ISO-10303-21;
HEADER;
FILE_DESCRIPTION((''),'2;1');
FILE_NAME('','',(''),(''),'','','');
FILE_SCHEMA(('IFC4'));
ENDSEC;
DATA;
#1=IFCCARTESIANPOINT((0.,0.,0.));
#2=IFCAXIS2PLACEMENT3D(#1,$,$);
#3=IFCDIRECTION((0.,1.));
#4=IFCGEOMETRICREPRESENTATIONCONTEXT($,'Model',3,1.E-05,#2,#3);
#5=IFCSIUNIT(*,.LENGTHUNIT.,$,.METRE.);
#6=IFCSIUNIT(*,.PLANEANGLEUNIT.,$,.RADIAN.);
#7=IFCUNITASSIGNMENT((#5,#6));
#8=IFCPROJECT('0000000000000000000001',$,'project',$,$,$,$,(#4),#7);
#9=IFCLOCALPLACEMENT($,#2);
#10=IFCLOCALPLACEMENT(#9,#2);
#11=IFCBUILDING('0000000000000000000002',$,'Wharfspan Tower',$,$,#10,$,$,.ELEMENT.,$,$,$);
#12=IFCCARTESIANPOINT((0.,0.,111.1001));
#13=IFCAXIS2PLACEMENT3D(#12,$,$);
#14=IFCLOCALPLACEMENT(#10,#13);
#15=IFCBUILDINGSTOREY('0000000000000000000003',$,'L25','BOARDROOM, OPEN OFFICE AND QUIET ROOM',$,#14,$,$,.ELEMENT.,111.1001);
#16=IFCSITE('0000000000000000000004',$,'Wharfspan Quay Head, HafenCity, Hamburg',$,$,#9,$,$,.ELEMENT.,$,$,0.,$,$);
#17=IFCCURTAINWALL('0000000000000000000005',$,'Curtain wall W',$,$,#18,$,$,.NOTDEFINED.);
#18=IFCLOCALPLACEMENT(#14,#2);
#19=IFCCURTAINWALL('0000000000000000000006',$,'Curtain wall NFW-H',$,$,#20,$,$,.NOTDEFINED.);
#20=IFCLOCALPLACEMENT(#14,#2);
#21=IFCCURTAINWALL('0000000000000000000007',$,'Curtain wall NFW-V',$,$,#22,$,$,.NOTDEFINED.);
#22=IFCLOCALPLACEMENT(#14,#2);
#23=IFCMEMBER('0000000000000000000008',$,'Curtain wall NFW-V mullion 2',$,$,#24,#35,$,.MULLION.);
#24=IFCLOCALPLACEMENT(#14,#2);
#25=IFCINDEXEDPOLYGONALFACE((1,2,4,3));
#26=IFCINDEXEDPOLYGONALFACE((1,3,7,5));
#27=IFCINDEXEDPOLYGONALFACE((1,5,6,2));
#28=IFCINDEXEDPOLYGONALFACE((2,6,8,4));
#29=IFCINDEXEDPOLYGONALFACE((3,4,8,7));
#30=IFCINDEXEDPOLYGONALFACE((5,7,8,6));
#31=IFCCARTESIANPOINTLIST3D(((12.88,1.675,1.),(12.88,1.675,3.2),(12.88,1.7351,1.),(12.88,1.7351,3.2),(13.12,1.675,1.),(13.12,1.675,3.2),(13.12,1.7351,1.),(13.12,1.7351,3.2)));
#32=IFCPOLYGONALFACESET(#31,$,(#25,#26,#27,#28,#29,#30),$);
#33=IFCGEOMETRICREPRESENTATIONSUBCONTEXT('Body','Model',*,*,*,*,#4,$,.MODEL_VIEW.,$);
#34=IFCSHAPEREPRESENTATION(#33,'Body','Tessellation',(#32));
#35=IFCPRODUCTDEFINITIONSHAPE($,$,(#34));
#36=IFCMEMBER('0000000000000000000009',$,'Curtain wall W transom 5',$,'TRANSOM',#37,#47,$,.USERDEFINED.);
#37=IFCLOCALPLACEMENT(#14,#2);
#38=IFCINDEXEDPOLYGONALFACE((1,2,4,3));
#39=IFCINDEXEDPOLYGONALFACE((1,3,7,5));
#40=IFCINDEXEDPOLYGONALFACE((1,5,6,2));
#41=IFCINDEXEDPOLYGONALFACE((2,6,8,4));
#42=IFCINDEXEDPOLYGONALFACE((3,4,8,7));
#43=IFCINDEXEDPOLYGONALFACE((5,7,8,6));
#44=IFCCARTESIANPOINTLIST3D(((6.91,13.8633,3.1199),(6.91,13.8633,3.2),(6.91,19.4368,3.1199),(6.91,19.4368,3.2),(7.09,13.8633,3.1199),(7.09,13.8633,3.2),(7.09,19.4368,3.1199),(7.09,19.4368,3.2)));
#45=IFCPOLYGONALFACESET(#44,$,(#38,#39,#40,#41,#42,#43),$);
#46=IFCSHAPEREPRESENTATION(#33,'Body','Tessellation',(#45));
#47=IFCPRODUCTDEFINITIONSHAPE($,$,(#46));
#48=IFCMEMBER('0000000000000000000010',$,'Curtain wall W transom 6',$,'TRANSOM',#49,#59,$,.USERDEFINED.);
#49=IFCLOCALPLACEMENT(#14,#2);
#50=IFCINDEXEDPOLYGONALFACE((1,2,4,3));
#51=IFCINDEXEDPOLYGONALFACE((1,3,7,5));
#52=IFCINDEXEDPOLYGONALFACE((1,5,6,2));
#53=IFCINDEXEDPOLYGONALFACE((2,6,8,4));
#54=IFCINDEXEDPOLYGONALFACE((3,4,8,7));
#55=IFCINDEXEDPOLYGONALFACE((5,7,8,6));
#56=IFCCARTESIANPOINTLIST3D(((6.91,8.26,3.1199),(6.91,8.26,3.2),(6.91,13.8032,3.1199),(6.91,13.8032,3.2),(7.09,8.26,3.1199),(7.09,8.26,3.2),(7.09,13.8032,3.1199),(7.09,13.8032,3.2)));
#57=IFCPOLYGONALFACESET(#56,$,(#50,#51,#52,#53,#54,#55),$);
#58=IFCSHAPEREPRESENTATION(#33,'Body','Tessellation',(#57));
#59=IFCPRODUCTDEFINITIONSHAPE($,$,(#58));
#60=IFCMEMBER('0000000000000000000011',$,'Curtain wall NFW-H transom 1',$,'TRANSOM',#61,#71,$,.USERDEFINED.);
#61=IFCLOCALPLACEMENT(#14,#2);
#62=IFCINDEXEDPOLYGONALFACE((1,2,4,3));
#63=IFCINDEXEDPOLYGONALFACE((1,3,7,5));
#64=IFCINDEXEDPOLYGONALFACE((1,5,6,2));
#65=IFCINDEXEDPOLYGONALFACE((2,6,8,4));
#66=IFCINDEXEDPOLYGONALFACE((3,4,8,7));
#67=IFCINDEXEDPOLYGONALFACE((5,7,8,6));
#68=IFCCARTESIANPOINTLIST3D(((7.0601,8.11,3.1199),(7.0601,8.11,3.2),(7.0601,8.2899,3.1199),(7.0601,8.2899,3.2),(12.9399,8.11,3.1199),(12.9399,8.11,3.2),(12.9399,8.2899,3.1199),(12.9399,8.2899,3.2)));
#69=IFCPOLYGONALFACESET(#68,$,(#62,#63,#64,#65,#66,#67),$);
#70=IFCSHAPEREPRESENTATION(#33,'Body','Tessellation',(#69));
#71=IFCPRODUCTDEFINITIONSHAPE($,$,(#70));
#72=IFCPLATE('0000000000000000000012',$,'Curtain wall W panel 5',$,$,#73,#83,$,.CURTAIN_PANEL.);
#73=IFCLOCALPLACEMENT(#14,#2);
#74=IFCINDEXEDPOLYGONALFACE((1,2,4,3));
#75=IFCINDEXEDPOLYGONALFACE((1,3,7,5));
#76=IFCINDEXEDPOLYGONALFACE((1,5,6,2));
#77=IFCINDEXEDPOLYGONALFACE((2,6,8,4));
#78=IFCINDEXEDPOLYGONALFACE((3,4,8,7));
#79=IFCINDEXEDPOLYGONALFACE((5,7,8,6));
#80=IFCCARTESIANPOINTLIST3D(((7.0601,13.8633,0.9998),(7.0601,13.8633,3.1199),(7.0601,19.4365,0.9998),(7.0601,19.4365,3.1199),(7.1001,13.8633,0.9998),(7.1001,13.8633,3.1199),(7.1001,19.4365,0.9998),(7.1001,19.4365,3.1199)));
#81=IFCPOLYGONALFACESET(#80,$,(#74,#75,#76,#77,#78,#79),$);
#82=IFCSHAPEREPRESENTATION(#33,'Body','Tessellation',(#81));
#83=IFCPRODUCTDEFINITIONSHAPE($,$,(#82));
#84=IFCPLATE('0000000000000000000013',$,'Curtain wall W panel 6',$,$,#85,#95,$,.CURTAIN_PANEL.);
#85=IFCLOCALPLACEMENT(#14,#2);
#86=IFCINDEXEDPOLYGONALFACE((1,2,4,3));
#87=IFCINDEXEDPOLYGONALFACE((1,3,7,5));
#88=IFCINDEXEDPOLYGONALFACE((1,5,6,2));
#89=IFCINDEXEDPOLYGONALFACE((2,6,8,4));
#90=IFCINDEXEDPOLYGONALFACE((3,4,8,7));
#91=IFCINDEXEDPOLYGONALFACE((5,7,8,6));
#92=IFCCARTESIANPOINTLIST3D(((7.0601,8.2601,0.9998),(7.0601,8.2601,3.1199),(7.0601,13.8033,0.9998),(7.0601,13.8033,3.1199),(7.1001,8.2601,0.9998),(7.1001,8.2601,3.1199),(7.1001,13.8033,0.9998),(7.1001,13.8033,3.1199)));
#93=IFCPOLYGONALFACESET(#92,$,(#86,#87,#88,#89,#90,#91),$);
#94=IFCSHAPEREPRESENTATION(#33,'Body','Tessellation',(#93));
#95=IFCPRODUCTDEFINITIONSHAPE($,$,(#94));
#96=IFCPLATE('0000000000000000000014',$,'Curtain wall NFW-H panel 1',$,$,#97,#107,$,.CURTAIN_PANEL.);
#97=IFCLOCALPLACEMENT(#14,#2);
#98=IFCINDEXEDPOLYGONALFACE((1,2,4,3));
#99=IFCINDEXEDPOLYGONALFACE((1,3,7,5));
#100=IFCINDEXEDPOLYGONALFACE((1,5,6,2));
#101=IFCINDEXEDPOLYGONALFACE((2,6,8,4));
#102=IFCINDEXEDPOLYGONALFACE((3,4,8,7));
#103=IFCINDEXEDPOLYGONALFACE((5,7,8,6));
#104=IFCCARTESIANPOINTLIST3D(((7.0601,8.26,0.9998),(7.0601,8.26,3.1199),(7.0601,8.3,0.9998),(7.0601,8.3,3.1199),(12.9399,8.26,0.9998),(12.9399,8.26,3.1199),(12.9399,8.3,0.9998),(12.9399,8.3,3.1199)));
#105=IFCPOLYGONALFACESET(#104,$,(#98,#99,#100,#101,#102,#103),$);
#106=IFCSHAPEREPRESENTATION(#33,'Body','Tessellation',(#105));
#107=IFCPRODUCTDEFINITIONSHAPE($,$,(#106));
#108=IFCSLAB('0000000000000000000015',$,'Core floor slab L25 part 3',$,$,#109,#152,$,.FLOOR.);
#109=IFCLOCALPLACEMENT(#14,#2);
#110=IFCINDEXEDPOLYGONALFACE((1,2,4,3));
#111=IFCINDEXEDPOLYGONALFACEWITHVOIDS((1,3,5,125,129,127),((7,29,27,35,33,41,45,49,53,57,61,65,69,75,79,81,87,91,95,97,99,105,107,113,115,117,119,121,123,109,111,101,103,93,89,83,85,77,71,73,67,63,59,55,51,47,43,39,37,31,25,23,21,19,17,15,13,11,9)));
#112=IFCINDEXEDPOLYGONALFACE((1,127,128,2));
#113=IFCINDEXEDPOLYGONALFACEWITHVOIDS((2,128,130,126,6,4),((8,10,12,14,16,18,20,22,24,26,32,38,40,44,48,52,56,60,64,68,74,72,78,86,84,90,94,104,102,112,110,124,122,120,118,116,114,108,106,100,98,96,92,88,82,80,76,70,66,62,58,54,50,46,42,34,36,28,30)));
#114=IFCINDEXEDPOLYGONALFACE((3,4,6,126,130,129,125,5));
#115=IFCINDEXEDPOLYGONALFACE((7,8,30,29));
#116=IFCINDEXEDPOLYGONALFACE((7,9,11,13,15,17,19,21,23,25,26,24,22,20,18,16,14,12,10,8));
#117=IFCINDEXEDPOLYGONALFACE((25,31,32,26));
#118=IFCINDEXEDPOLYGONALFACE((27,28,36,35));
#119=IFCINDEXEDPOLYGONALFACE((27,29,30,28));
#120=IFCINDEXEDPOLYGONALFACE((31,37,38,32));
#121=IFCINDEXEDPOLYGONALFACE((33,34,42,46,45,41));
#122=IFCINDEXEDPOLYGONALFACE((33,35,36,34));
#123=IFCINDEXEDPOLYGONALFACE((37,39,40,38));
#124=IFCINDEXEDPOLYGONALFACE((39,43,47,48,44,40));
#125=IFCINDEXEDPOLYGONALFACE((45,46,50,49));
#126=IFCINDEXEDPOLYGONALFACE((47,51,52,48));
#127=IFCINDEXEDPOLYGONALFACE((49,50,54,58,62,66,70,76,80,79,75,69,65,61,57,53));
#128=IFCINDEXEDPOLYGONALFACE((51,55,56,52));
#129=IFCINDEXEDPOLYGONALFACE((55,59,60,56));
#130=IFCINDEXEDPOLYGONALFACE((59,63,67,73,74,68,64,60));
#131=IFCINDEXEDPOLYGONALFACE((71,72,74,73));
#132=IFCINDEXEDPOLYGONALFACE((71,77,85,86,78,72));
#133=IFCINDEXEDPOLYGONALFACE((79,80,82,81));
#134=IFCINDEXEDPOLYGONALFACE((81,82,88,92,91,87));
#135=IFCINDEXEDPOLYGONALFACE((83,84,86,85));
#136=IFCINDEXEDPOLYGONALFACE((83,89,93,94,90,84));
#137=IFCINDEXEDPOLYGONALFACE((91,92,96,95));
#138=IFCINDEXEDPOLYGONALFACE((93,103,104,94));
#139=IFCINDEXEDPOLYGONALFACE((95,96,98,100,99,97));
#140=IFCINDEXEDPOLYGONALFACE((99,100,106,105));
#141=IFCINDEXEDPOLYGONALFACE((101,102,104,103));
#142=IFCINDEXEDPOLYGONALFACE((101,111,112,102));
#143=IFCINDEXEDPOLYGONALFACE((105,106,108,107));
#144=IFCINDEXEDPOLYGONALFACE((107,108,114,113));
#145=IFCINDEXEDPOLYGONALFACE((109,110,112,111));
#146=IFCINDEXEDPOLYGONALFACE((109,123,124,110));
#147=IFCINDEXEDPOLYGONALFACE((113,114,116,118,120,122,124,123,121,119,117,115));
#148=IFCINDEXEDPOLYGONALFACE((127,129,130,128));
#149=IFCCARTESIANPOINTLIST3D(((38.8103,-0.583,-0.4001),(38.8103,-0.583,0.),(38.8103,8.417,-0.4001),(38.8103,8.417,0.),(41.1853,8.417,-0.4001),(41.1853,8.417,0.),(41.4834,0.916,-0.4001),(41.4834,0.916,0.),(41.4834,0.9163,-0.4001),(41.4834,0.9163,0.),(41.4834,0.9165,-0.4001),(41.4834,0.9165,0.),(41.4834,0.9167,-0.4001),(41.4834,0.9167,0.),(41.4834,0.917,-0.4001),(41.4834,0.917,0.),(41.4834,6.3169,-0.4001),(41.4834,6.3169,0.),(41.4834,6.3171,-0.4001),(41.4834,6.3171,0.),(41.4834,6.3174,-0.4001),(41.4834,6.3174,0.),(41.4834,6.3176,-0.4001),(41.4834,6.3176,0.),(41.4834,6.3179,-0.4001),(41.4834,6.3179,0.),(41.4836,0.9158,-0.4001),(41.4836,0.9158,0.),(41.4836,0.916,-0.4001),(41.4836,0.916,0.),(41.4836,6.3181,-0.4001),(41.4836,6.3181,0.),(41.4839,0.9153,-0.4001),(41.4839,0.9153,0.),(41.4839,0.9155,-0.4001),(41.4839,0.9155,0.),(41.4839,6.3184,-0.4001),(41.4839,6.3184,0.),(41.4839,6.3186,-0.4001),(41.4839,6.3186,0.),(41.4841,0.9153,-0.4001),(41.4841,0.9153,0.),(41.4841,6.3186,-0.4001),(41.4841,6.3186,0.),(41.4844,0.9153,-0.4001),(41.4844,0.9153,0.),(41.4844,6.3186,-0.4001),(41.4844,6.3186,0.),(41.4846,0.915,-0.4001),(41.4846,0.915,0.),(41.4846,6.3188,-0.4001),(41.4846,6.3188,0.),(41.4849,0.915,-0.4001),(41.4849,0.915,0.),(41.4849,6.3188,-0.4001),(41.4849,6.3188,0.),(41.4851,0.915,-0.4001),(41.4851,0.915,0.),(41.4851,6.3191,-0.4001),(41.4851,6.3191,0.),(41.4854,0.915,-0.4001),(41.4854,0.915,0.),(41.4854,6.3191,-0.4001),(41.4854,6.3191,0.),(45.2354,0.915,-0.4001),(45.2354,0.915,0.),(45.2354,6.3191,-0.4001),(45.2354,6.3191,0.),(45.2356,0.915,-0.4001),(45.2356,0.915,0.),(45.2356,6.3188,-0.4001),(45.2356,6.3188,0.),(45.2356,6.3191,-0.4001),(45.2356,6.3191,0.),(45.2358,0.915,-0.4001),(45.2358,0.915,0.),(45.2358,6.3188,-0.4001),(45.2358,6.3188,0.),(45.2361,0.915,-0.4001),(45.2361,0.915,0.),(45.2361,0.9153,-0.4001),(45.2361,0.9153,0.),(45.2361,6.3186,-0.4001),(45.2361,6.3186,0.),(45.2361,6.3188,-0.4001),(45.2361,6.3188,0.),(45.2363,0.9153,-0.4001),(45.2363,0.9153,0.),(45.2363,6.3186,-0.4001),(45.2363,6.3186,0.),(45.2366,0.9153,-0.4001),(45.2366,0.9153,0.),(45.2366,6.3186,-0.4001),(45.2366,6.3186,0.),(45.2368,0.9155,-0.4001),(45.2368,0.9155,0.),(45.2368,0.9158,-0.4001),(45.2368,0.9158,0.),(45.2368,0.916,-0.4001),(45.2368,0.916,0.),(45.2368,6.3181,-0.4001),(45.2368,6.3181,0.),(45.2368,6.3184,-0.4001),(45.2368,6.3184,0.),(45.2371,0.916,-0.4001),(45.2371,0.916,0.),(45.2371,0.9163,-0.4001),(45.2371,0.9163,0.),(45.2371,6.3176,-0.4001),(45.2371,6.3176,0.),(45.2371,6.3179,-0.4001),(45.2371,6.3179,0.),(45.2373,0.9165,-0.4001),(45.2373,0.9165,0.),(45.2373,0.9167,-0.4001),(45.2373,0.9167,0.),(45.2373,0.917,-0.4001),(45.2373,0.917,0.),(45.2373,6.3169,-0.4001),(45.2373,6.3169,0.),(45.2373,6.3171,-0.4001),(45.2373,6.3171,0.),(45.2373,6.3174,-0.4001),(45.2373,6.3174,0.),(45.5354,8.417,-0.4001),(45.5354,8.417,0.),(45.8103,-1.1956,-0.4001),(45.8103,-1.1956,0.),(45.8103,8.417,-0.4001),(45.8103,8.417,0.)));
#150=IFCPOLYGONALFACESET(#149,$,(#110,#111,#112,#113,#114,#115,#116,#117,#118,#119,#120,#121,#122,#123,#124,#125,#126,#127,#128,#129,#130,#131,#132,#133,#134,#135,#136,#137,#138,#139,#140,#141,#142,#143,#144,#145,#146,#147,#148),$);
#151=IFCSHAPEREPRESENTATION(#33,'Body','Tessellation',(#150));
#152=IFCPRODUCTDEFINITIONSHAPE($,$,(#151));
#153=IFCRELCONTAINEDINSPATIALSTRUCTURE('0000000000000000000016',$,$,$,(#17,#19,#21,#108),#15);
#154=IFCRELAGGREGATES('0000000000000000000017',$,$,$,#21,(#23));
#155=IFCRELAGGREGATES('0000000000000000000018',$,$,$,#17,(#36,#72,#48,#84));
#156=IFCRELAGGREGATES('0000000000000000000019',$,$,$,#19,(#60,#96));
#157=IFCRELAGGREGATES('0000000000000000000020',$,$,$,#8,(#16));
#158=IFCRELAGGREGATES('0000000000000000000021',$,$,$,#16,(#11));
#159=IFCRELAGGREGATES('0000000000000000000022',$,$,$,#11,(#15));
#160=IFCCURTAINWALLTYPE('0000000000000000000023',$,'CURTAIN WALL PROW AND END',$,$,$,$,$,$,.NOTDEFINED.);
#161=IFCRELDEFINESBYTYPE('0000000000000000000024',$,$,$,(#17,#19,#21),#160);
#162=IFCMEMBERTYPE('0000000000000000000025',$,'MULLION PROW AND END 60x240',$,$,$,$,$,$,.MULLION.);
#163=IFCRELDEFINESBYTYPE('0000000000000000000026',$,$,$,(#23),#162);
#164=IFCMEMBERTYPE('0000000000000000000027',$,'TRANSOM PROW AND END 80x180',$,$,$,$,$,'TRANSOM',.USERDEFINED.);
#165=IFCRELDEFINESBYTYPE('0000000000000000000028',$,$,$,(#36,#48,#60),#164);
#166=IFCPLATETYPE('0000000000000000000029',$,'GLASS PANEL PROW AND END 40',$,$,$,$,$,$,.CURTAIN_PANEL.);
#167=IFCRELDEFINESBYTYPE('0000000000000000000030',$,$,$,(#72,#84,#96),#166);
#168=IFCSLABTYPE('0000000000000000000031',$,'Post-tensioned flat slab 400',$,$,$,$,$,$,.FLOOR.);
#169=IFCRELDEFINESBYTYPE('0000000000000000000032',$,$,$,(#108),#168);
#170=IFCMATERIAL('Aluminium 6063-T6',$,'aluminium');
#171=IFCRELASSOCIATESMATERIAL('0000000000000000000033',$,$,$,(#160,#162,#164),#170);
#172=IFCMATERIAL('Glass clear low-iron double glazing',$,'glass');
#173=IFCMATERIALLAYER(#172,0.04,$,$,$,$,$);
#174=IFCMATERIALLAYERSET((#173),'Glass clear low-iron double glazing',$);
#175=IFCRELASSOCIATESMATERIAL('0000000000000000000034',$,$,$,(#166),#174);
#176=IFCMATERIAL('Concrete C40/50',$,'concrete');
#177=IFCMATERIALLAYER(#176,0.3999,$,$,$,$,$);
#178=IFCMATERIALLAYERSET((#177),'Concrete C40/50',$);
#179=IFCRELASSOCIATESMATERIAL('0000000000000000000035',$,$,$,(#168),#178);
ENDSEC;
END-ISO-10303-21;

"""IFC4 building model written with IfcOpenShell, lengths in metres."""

from ifc_helpers import new_model, si_unit, direction, frame, origin, origin_2d, place, context, subcontext, project, spatial, polyline, rectangle, outline, extrude, material, layer, layer_set, material_profile, profile_set, type_object, element, aggregate, save


model = new_model("IFC4")

# Units and contexts
model_context = context("Model", 3, precision=1e-05, world=origin(), true_north=direction((0.0, 1.0)))
body_context = subcontext(model_context, "Body", "Model", "MODEL_VIEW")
ifc_project = project(units=[si_unit("LENGTHUNIT", "METRE"), si_unit("PLANEANGLEUNIT", "RADIAN")], contexts=[model_context])

# Site, building, storey
site_placement = place(None, origin())
site = spatial("IfcSite", under=ifc_project, at=site_placement, Name="Wharfspan Quay Head, HafenCity, Hamburg", CompositionType="ELEMENT", RefElevation=0.0)
building_placement = place(site_placement, origin())
building = spatial("IfcBuilding", under=site, at=building_placement, Name="Wharfspan Tower", CompositionType="ELEMENT")
storey_placement = place(building_placement, frame((0.0, 0.0, 111.1001)))
storey = spatial("IfcBuildingStorey", under=building, at=storey_placement, Name="L25", Description="BOARDROOM, OPEN OFFICE AND QUIET ROOM", CompositionType="ELEMENT", Elevation=111.1001)

# Curtain walls
ifc_material_1 = material(Name="Aluminium 6063-T6", Category="aluminium")
curtain_wall_type = type_object("IfcCurtainWallType", Name="CURTAIN WALL PROW AND END", PredefinedType="NOTDEFINED", material=ifc_material_1)
curtain_wall_1_placement = place(storey_placement, origin())
curtain_wall_1 = element("IfcCurtainWall", 1, at=curtain_wall_1_placement, inside=storey, type_object=curtain_wall_type, Name="Curtain wall W", PredefinedType="NOTDEFINED")
ifc_material_profile_1 = material_profile(ifc_material_1, rectangle(XDim=0.24, YDim=0.0601, at=origin_2d()))
ifc_profile_set_1 = profile_set([ifc_material_profile_1], Name="Aluminium 6063-T6")
member_type_1 = type_object("IfcMemberType", Name="MULLION PROW AND END 60x240", PredefinedType="MULLION", material=ifc_profile_set_1)
curtain_wall_2_placement = place(storey_placement, origin())
curtain_wall_2 = element("IfcCurtainWall", 2, at=curtain_wall_2_placement, inside=storey, type_object=curtain_wall_type, Name="Curtain wall NFW-H", PredefinedType="NOTDEFINED")

# Curtain wall, member
curtain_wall_3_placement = place(storey_placement, origin())
curtain_wall_3 = element("IfcCurtainWall", 3, at=curtain_wall_3_placement, inside=storey, type_object=curtain_wall_type, Name="Curtain wall NFW-V", PredefinedType="NOTDEFINED")
member_1_placement = place(storey_placement, frame((13.0, 1.7051, 1.0), z_axis=(0.0, 0.0, 1.0), x_axis=(1.0, 0.0, 0.0)))
member_1 = element("IfcMember", 4, at=member_1_placement, type_object=member_type_1, Name="Curtain wall NFW-V mullion 2", PredefinedType="MULLION", context=body_context, shape_type="SweptSolid", body=[
    extrude(rectangle(XDim=0.24, YDim=0.0601, at=origin_2d()), origin(), (0.0, 0.0, 1.0), 2.2),
])
aggregate(curtain_wall_3, [member_1])

# Members
ifc_material_profile_2 = material_profile(ifc_material_1, rectangle(XDim=0.1799, YDim=0.0801, at=origin_2d()))
ifc_profile_set_2 = profile_set([ifc_material_profile_2], Name="Aluminium 6063-T6")
member_type_2 = type_object("IfcMemberType", Name="TRANSOM PROW AND END 80x180", ElementType="TRANSOM", PredefinedType="USERDEFINED", material=ifc_profile_set_2)
member_2_placement = place(storey_placement, frame((7.0, 19.4368, 3.1599), z_axis=(0.0, -1.0, 0.0), x_axis=(1.0, 0.0, 0.0)))
member_2 = element("IfcMember", 5, at=member_2_placement, type_object=member_type_2, Name="Curtain wall W transom 5", ObjectType="TRANSOM", PredefinedType="USERDEFINED", context=body_context, shape_type="SweptSolid", body=[
    extrude(rectangle(XDim=0.1799, YDim=0.0801, at=origin_2d()), origin(), (0.0, 0.0, 1.0), 5.5735),
])
member_3_placement = place(storey_placement, frame((7.0, 13.8032, 3.1599), z_axis=(0.0, -1.0, 0.0), x_axis=(1.0, 0.0, 0.0)))
member_3 = element("IfcMember", 6, at=member_3_placement, type_object=member_type_2, Name="Curtain wall W transom 6", ObjectType="TRANSOM", PredefinedType="USERDEFINED", context=body_context, shape_type="SweptSolid", body=[
    extrude(rectangle(XDim=0.1799, YDim=0.0801, at=origin_2d()), origin(), (0.0, 0.0, 1.0), 5.5432),
])
member_4_placement = place(storey_placement, frame((7.0601, 8.2, 3.1599), z_axis=(1.0, 0.0, 0.0), x_axis=(0.0, 1.0, 0.0)))
member_4 = element("IfcMember", 7, at=member_4_placement, type_object=member_type_2, Name="Curtain wall NFW-H transom 1", ObjectType="TRANSOM", PredefinedType="USERDEFINED", context=body_context, shape_type="SweptSolid", body=[
    extrude(rectangle(XDim=0.1799, YDim=0.0801, at=origin_2d()), origin(), (0.0, 0.0, 1.0), 5.8799),
])

# Plates
ifc_material_2 = material(Name="Glass clear low-iron double glazing", Category="glass")
ifc_layer_1 = layer(ifc_material_2, 0.04)
ifc_layer_set_1 = layer_set([ifc_layer_1], Name="Glass clear low-iron double glazing")
plate_type = type_object("IfcPlateType", Name="GLASS PANEL PROW AND END 40", PredefinedType="CURTAIN_PANEL", material=ifc_layer_set_1)
plate_1_placement = place(storey_placement, frame((7.0801, 16.6499, 0.9998), z_axis=(0.0, 0.0, 1.0), x_axis=(0.0, -1.0, 0.0)))
plate_1 = element("IfcPlate", 8, at=plate_1_placement, type_object=plate_type, Name="Curtain wall W panel 5", PredefinedType="CURTAIN_PANEL", context=body_context, shape_type="SweptSolid", body=[
    extrude(rectangle(XDim=5.5732, YDim=0.04, at=origin_2d()), origin(), (0.0, 0.0, 1.0), 2.1201),
])
plate_2_placement = place(storey_placement, frame((7.0801, 11.0317, 0.9998), z_axis=(0.0, 0.0, 1.0), x_axis=(0.0, -1.0, 0.0)))
plate_2 = element("IfcPlate", 9, at=plate_2_placement, type_object=plate_type, Name="Curtain wall W panel 6", PredefinedType="CURTAIN_PANEL", context=body_context, shape_type="SweptSolid", body=[
    extrude(rectangle(XDim=5.5432, YDim=0.04, at=origin_2d()), origin(), (0.0, 0.0, 1.0), 2.1201),
])
aggregate(curtain_wall_1, [member_2, plate_1, member_3, plate_2])
plate_3_placement = place(storey_placement, frame((10.0, 8.28, 0.9998), z_axis=(0.0, 0.0, 1.0), x_axis=(1.0, 0.0, 0.0)))
plate_3 = element("IfcPlate", 10, at=plate_3_placement, type_object=plate_type, Name="Curtain wall NFW-H panel 1", PredefinedType="CURTAIN_PANEL", context=body_context, shape_type="SweptSolid", body=[
    extrude(rectangle(XDim=5.8799, YDim=0.04, at=origin_2d()), origin(), (0.0, 0.0, 1.0), 2.1201),
])
aggregate(curtain_wall_2, [member_4, plate_3])

# Slab
ifc_material_3 = material(Name="Concrete C40/50", Category="concrete")
ifc_layer_2 = layer(ifc_material_3, 0.3999)
ifc_layer_set_2 = layer_set([ifc_layer_2], Name="Concrete C40/50")
slab_type = type_object("IfcSlabType", Name="Post-tensioned flat slab 400", PredefinedType="FLOOR", material=ifc_layer_set_2)
slab_1_placement = place(storey_placement, frame((0.0, 0.0, -0.4001)))
element("IfcSlab", 11, at=slab_1_placement, inside=storey, type_object=slab_type, Name="Core floor slab L25 part 3", PredefinedType="FLOOR", context=body_context, shape_type="SweptSolid", body=[
    extrude(outline(polyline([(45.5354, 8.417), (41.1853, 8.417), (38.8103, 8.417), (38.8103, -0.583), (45.8103, -1.1956), (45.8103, 8.417), (45.5354, 8.417)]), holes=[polyline([(41.4834, 6.3169), (41.4834, 6.3171), (41.4834, 6.3174), (41.4834, 6.3174), (41.4834, 6.3176), (41.4834, 6.3179), (41.4836, 6.3181), (41.4836, 6.3181), (41.4839, 6.3184), (41.4839, 6.3186), (41.4841, 6.3186), (41.4844, 6.3186), (41.4846, 6.3188), (41.4846, 6.3188), (41.4849, 6.3188), (41.4851, 6.3191), (41.4854, 6.3191), (45.2354, 6.3191), (45.2356, 6.3191), (45.2356, 6.3188), (45.2358, 6.3188), (45.2361, 6.3188), (45.2361, 6.3186), (45.2363, 6.3186), (45.2366, 6.3186), (45.2368, 6.3184), (45.2368, 6.3181), (45.2368, 6.3181), (45.2371, 6.3179), (45.2371, 6.3176), (45.2373, 6.3174), (45.2373, 6.3174), (45.2373, 6.3171), (45.2373, 6.3169), (45.2373, 0.917), (45.2373, 0.9167), (45.2373, 0.9165), (45.2373, 0.9165), (45.2371, 0.9163), (45.2371, 0.916), (45.2368, 0.916), (45.2368, 0.9158), (45.2368, 0.9155), (45.2366, 0.9153), (45.2363, 0.9153), (45.2361, 0.9153), (45.2361, 0.915), (45.2358, 0.915), (45.2356, 0.915), (45.2356, 0.915), (45.2354, 0.915), (41.4854, 0.915), (41.4851, 0.915), (41.4849, 0.915), (41.4846, 0.915), (41.4846, 0.915), (41.4844, 0.9153), (41.4841, 0.9153), (41.4839, 0.9153), (41.4839, 0.9155), (41.4836, 0.9158), (41.4836, 0.916), (41.4834, 0.916), (41.4834, 0.9163), (41.4834, 0.9165), (41.4834, 0.9165), (41.4834, 0.9167), (41.4834, 0.917), (41.4834, 6.3169)])]), origin(), (0.0, 0.0, 1.0), 0.4001),
])

save(model, "model.ifc")
